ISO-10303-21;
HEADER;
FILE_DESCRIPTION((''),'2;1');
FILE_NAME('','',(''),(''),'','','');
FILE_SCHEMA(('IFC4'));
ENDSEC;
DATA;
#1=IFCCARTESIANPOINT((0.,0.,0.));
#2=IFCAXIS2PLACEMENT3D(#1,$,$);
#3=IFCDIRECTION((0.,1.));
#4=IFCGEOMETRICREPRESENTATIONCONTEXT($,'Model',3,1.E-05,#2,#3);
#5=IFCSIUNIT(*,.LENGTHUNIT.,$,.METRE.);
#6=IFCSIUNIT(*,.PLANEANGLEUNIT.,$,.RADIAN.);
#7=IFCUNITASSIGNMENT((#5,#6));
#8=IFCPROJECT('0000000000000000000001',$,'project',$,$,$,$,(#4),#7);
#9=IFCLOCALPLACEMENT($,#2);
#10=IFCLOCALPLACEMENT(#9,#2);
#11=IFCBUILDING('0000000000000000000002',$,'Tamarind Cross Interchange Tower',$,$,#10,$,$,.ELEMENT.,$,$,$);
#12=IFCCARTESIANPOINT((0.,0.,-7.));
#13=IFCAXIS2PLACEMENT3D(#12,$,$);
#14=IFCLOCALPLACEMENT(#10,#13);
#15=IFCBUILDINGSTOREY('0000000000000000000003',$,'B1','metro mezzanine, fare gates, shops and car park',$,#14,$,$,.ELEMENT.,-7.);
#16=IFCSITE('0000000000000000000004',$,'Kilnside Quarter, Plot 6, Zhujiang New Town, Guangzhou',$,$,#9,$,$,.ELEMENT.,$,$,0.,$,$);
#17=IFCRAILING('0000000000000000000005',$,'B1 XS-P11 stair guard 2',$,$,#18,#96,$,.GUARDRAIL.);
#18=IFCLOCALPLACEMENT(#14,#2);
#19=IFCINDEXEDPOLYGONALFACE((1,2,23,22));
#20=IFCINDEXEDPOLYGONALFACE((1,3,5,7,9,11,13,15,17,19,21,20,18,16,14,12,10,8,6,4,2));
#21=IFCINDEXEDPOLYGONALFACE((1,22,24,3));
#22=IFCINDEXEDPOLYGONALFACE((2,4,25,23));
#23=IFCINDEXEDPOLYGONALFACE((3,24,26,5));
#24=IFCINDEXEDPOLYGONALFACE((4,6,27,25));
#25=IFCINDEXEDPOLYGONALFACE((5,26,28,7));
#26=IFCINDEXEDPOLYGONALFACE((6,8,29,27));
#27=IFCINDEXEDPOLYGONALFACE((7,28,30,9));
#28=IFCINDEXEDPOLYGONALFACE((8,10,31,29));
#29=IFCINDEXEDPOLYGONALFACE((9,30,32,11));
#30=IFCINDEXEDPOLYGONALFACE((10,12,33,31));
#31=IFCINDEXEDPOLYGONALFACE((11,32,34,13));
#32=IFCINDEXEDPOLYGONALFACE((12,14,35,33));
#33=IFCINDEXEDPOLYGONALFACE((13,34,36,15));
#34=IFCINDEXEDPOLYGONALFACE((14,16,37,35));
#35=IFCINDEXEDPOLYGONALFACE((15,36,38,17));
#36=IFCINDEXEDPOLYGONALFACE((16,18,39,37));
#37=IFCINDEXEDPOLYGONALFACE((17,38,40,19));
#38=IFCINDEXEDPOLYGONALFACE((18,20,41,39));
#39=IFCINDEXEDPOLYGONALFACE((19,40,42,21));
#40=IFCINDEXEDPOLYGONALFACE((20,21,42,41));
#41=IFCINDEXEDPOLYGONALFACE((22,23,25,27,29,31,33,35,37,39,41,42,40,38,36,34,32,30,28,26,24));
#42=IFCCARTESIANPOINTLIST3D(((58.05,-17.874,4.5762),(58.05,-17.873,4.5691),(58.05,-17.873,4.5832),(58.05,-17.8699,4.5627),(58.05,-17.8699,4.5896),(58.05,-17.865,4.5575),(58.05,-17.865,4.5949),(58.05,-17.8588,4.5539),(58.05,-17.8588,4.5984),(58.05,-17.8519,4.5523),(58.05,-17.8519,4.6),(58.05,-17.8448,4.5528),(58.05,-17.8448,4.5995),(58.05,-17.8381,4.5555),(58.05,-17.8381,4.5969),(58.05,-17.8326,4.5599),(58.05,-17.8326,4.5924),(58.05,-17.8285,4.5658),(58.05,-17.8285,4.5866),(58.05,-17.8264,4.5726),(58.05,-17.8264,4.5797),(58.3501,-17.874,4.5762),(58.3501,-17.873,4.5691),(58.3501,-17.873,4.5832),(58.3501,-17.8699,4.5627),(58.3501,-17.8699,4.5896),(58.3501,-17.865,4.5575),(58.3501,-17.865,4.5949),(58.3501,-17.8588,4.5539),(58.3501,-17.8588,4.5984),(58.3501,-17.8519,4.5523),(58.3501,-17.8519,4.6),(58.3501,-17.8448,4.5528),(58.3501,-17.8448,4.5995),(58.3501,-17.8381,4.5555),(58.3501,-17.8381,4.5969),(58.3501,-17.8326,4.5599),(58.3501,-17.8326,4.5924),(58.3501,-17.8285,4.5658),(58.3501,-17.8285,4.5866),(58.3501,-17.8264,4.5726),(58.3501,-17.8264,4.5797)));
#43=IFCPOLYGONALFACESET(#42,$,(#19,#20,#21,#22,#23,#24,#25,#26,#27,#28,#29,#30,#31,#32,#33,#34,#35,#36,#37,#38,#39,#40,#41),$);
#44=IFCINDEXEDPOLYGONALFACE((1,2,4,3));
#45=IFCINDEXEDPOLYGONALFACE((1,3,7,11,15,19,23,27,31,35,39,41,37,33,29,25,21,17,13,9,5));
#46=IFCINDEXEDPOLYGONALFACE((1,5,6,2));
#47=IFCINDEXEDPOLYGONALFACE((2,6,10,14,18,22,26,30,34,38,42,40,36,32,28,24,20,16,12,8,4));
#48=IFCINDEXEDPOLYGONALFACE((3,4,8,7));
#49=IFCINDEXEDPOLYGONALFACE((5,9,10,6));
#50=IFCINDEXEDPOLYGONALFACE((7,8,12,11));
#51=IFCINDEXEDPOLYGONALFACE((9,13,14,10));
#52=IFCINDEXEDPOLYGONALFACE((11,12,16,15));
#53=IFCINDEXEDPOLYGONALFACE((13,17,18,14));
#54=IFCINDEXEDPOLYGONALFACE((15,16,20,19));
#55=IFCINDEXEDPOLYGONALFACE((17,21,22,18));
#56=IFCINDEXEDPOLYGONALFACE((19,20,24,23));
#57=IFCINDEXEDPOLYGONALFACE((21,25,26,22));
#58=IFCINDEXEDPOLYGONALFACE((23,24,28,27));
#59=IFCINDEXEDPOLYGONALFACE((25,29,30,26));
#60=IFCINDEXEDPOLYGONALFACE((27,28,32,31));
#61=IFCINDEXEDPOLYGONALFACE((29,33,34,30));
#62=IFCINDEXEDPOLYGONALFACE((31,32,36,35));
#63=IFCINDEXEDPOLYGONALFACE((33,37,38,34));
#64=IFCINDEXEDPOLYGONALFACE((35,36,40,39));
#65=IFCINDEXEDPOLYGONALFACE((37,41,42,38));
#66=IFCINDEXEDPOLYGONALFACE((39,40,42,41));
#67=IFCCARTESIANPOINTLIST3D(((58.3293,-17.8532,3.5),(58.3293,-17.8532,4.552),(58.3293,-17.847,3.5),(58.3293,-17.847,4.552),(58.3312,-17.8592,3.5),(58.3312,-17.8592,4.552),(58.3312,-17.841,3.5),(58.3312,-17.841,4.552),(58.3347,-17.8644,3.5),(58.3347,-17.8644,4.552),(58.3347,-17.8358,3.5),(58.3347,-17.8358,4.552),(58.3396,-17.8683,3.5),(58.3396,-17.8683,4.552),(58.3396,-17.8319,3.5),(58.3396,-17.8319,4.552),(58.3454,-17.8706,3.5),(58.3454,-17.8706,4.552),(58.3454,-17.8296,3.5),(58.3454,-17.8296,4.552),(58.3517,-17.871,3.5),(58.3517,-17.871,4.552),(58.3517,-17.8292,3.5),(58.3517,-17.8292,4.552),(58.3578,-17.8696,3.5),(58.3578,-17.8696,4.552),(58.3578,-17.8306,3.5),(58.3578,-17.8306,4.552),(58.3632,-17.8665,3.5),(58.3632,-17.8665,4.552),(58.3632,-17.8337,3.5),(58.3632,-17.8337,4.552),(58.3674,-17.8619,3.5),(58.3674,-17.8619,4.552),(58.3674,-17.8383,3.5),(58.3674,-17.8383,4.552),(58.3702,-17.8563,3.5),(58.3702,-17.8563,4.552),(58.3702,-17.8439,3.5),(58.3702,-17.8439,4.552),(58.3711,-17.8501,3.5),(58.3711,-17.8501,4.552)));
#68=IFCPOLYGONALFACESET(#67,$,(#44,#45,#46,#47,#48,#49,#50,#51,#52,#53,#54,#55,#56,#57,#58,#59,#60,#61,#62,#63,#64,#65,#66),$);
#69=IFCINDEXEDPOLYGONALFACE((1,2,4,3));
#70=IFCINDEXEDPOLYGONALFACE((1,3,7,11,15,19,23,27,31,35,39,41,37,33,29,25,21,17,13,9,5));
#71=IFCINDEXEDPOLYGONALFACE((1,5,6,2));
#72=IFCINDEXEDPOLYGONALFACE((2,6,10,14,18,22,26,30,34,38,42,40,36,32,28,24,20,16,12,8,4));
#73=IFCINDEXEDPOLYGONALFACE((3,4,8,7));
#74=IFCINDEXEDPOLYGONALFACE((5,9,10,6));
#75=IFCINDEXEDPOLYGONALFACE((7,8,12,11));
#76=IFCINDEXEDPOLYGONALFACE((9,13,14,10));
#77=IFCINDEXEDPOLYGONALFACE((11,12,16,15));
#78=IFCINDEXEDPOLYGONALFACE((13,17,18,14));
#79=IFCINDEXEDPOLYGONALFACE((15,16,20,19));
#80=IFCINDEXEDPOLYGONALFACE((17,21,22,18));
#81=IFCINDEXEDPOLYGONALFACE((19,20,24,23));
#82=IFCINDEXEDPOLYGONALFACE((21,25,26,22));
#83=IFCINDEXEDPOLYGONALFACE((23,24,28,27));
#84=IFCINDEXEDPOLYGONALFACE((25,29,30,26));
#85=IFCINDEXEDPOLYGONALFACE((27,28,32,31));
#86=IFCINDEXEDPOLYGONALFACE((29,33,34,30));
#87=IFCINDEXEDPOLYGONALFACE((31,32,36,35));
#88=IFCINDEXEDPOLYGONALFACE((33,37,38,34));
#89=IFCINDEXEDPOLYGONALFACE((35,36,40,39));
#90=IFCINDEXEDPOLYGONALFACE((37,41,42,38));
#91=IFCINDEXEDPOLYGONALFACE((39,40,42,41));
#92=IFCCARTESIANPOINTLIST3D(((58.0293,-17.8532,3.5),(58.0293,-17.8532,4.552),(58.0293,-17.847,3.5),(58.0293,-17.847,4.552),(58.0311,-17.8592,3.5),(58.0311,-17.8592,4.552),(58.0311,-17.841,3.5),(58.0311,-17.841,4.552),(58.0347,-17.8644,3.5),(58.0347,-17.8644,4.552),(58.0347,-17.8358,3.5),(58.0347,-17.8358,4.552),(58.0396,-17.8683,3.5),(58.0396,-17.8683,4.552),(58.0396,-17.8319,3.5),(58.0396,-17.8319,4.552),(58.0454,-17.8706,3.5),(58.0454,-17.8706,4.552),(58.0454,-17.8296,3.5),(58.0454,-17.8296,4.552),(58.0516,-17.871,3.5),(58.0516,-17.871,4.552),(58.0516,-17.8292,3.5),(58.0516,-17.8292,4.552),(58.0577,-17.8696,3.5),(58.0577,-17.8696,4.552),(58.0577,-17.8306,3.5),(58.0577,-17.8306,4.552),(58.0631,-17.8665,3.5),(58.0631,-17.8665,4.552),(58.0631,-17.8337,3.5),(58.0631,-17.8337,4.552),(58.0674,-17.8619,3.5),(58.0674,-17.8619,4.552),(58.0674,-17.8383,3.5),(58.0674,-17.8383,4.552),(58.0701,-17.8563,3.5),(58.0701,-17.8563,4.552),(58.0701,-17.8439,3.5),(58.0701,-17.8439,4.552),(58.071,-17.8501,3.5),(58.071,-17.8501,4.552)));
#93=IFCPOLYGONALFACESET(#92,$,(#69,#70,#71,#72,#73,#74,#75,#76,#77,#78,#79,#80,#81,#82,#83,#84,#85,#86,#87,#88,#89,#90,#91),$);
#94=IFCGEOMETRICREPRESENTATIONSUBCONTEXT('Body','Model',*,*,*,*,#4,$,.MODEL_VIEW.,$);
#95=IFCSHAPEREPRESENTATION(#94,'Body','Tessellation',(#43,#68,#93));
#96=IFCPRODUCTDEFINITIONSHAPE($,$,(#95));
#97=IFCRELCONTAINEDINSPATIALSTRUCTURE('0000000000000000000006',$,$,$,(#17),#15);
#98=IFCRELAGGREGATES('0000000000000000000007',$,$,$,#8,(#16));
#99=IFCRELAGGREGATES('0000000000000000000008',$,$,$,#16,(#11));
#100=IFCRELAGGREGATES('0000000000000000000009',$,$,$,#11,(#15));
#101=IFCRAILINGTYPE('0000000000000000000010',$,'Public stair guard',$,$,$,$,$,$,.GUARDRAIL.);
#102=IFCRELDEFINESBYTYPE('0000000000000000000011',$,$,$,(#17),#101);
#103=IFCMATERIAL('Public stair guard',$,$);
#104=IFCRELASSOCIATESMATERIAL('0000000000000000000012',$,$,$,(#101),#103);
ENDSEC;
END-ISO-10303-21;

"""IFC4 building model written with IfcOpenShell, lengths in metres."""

from ifc_helpers import new_model, si_unit, direction, frame, origin, origin_2d, place, context, subcontext, project, spatial, circle, extrude, material, type_object, element, save


model = new_model("IFC4")

# Units and contexts
model_context = context("Model", 3, precision=1e-05, world=origin(), true_north=direction((0.0, 1.0)))
body_context = subcontext(model_context, "Body", "Model", "MODEL_VIEW")
ifc_project = project(units=[si_unit("LENGTHUNIT", "METRE"), si_unit("PLANEANGLEUNIT", "RADIAN")], contexts=[model_context])

# Site, building, storey
site_placement = place(None, origin())
site = spatial("IfcSite", under=ifc_project, at=site_placement, Name="Kilnside Quarter, Plot 6, Zhujiang New Town, Guangzhou", CompositionType="ELEMENT", RefElevation=0.0)
building_placement = place(site_placement, origin())
building = spatial("IfcBuilding", under=site, at=building_placement, Name="Tamarind Cross Interchange Tower", CompositionType="ELEMENT")
storey_placement = place(building_placement, frame((0.0, 0.0, -7.0)))
storey = spatial("IfcBuildingStorey", under=building, at=storey_placement, Name="B1", Description="metro mezzanine, fare gates, shops and car park", CompositionType="ELEMENT", Elevation=-7.0)

# Railing
ifc_material_1 = material(Name="Public stair guard")
railing_type_1 = type_object("IfcRailingType", Name="Public stair guard", PredefinedType="GUARDRAIL", material=ifc_material_1)
railing_1_placement = place(storey_placement, frame((58.3501, -17.8501, 3.5)))
element("IfcRailing", 1, at=railing_1_placement, inside=storey, type_object=railing_type_1, Name="B1 XS-P11 stair guard 2", PredefinedType="GUARDRAIL", context=body_context, shape_type="SweptSolid", body=[
    extrude(circle(Radius=0.0239, at=origin_2d()), frame((0.0, 0.0, 1.0762), z_axis=(-1.0, 0.0, 0.0), x_axis=(0.0, -1.0, 0.0)), (0.0, 0.0, 1.0), 0.3),
    extrude(circle(Radius=0.021, at=origin_2d()), origin(), (0.0, 0.0, 1.0), 1.052),
    extrude(circle(Radius=0.021, at=origin_2d()), frame((-0.3, 0.0, 0.0)), (0.0, 0.0, 1.0), 1.052),
])

save(model, "model.ifc")
